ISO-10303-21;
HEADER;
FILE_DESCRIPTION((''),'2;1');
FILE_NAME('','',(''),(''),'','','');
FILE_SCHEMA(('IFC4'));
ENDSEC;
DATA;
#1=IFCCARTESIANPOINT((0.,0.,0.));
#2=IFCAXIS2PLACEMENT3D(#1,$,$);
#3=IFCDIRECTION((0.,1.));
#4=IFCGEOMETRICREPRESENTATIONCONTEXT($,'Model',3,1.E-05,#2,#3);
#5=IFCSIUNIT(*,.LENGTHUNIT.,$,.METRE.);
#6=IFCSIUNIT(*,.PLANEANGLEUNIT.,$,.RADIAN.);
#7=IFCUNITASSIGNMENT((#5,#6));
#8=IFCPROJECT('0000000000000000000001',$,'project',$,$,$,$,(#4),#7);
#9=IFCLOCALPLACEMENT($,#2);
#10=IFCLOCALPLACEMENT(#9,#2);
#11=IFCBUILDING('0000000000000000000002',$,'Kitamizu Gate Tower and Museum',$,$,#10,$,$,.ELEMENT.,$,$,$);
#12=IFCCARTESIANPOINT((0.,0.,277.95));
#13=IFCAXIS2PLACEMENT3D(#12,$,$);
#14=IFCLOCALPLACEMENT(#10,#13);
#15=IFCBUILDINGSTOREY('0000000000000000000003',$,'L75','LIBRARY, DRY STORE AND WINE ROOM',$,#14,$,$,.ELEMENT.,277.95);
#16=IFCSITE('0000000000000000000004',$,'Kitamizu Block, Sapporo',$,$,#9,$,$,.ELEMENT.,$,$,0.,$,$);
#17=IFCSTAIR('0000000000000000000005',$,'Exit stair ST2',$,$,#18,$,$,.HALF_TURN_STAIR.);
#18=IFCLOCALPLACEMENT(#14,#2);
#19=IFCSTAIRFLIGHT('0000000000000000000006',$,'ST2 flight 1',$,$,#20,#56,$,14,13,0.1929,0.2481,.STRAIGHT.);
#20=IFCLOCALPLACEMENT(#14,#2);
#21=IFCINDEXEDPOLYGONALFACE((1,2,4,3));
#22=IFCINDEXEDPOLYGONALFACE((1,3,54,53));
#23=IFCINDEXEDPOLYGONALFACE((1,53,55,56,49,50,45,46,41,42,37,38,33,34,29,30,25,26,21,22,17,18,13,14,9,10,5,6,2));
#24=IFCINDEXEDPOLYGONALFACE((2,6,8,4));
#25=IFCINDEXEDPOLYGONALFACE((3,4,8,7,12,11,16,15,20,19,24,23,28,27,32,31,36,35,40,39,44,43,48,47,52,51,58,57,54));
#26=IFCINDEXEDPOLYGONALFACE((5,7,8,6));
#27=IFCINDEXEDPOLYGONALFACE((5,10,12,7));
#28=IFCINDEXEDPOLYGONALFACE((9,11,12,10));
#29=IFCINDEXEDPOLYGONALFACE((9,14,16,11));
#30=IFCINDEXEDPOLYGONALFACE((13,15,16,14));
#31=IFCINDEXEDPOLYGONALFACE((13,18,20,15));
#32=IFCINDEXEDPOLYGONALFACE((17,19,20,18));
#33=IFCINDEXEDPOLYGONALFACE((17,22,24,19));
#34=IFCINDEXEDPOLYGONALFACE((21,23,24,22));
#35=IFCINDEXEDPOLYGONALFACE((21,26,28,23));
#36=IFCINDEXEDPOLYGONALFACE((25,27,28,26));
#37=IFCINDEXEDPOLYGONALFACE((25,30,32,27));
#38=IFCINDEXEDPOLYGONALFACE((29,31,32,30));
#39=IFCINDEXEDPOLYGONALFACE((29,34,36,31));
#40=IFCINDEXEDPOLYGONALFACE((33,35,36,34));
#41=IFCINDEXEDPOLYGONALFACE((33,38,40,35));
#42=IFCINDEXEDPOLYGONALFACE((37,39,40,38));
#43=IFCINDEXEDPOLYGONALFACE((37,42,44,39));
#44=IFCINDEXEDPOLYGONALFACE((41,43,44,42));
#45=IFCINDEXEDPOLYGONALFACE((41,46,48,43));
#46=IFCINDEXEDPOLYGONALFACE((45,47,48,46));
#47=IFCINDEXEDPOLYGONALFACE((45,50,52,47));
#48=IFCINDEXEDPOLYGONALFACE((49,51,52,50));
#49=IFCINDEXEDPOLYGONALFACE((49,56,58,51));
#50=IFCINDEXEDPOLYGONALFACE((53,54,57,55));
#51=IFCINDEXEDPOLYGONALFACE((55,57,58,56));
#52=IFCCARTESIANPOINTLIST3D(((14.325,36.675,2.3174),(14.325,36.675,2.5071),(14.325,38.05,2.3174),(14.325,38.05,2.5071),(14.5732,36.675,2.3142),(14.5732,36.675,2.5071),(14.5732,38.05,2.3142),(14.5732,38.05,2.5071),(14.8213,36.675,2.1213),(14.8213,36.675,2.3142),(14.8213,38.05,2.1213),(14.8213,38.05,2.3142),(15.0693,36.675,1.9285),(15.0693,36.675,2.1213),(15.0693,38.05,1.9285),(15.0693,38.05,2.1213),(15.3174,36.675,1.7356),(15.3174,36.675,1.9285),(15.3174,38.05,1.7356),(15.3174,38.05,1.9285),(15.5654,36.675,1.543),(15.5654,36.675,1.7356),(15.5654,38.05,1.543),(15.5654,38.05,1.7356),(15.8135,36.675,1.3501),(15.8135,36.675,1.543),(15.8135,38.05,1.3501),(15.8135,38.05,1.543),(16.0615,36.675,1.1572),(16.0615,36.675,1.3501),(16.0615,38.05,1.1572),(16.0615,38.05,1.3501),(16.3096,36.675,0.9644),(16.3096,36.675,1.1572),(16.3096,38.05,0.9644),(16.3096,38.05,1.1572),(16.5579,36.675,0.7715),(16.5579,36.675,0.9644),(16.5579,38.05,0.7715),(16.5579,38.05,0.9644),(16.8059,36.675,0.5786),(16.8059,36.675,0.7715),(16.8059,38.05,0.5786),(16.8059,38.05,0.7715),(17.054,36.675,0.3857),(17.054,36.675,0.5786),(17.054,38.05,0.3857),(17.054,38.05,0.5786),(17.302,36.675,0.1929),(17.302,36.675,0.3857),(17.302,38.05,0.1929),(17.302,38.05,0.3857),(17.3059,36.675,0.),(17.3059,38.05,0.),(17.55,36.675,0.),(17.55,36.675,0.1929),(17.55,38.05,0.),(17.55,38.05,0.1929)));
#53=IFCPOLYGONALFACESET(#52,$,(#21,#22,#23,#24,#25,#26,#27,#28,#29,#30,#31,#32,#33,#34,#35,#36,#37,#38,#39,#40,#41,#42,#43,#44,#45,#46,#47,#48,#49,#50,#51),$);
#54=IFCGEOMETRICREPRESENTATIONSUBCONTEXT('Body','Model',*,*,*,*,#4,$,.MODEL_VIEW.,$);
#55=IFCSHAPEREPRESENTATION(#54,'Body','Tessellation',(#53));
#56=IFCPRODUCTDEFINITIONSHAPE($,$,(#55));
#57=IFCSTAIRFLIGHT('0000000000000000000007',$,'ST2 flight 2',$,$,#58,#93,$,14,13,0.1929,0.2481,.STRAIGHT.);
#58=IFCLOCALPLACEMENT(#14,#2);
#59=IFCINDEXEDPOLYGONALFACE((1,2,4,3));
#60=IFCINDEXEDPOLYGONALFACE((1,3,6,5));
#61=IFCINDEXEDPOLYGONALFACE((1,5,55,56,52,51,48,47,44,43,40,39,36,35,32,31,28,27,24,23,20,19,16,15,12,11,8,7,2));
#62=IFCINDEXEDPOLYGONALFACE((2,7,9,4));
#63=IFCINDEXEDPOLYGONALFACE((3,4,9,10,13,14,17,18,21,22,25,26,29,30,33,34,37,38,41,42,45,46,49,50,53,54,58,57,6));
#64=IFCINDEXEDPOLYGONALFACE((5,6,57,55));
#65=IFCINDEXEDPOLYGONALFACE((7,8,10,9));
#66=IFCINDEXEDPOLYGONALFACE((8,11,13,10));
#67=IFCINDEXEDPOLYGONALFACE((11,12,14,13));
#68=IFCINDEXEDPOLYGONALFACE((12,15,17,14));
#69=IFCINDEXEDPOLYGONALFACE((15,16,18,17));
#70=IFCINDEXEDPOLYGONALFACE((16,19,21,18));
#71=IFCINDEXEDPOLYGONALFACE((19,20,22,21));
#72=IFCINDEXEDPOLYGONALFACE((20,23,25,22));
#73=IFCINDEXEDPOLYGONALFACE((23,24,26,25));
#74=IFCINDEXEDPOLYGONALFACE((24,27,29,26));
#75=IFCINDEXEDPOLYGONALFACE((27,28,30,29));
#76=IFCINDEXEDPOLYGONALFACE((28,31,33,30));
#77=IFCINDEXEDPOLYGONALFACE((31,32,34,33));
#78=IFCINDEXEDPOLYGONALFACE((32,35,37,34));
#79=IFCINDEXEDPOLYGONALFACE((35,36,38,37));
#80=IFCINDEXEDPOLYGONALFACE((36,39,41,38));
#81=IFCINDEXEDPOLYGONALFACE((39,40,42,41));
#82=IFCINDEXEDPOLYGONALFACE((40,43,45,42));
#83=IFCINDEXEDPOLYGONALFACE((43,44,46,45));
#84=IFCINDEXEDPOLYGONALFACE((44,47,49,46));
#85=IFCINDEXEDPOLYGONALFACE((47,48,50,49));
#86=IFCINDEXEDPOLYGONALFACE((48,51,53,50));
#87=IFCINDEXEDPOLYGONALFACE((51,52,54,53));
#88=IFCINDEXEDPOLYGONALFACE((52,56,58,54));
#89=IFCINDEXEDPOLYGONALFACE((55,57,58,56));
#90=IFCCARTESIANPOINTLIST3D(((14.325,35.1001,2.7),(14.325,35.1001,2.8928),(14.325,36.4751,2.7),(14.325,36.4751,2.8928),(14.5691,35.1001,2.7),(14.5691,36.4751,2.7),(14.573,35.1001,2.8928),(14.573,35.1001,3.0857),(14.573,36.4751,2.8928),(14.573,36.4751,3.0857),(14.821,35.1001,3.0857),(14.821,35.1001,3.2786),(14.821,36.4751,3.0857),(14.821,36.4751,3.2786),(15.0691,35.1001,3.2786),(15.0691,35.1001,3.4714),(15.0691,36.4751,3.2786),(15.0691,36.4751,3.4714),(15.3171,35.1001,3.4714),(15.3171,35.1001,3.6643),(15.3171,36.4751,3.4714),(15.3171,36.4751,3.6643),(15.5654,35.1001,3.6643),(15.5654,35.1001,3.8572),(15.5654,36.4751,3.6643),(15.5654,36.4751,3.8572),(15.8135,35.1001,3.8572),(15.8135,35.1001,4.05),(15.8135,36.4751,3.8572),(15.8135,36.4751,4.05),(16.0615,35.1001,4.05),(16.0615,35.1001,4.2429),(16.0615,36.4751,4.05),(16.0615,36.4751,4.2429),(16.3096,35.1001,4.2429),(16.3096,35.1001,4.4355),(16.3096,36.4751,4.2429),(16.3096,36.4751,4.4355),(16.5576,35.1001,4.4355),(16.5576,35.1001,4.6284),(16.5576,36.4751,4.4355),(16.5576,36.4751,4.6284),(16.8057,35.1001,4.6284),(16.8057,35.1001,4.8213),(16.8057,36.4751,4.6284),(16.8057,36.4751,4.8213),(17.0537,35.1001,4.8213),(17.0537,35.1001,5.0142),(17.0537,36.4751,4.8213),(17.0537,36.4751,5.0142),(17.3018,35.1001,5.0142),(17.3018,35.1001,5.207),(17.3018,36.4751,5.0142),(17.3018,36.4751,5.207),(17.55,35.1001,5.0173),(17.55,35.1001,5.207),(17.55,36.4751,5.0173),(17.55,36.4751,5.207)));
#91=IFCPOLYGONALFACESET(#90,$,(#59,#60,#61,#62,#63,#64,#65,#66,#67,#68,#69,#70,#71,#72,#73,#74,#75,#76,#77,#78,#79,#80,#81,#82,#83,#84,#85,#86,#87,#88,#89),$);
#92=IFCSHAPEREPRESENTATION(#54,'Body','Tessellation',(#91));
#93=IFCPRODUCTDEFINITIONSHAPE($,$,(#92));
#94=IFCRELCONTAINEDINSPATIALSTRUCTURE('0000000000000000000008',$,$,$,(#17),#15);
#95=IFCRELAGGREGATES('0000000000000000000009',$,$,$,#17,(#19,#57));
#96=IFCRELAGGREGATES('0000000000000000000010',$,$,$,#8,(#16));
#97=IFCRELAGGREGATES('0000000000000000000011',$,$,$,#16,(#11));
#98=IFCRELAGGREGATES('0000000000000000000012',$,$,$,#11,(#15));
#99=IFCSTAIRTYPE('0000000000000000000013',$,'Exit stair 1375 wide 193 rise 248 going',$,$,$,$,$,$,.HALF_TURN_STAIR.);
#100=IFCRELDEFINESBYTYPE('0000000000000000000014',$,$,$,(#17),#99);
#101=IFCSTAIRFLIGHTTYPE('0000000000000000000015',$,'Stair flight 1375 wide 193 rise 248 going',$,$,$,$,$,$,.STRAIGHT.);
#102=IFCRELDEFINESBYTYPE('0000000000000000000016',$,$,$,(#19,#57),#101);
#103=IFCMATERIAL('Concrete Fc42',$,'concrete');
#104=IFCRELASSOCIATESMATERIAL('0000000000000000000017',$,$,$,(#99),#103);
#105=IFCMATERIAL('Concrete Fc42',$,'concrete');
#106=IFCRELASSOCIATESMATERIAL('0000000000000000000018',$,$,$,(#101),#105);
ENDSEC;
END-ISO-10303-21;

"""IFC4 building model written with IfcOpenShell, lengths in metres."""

from ifc_helpers import new_model, si_unit, direction, frame, origin, place, context, subcontext, project, spatial, polyline, outline, extrude, material, type_object, element, aggregate, save


model = new_model("IFC4")

# Units and contexts
model_context = context("Model", 3, precision=1e-05, world=origin(), true_north=direction((0.0, 1.0)))
body_context = subcontext(model_context, "Body", "Model", "MODEL_VIEW")
ifc_project = project(units=[si_unit("LENGTHUNIT", "METRE"), si_unit("PLANEANGLEUNIT", "RADIAN")], contexts=[model_context])

# Site, building, storey
site_placement = place(None, origin())
site = spatial("IfcSite", under=ifc_project, at=site_placement, Name="Kitamizu Block, Sapporo", CompositionType="ELEMENT", RefElevation=0.0)
building_placement = place(site_placement, origin())
building = spatial("IfcBuilding", under=site, at=building_placement, Name="Kitamizu Gate Tower and Museum", CompositionType="ELEMENT")
storey_placement = place(building_placement, frame((0.0, 0.0, 277.95)))
storey = spatial("IfcBuildingStorey", under=building, at=storey_placement, Name="L75", Description="LIBRARY, DRY STORE AND WINE ROOM", CompositionType="ELEMENT", Elevation=277.95)

# Stair, stair flights
ifc_material_1 = material(Name="Concrete Fc42", Category="concrete")
stair_type = type_object("IfcStairType", Name="Exit stair 1375 wide 193 rise 248 going", PredefinedType="HALF_TURN_STAIR", material=ifc_material_1)
stair_placement = place(storey_placement, origin())
stair = element("IfcStair", 1, at=stair_placement, inside=storey, type_object=stair_type, Name="Exit stair ST2", PredefinedType="HALF_TURN_STAIR")
ifc_material_2 = material(Name="Concrete Fc42", Category="concrete")
stair_flight_type = type_object("IfcStairFlightType", Name="Stair flight 1375 wide 193 rise 248 going", PredefinedType="STRAIGHT", material=ifc_material_2)
stair_flight_1_placement = place(storey_placement, frame((17.55, 37.3625, 0.0), z_axis=(0.0, 0.0, 1.0), x_axis=(-1.0, 0.0, 0.0)))
stair_flight_1 = element("IfcStairFlight", 2, at=stair_flight_1_placement, type_object=stair_flight_type, Name="ST2 flight 1", NumberOfRisers=14, NumberOfTreads=13, PredefinedType="STRAIGHT", RiserHeight=0.1929, TreadLength=0.2481, context=body_context, shape_type="SweptSolid", body=[
    extrude(outline(polyline([(0.0, 0.0), (0.0, 0.1929), (0.248, 0.1929), (0.248, 0.3857), (0.4961, 0.3857), (0.4961, 0.5786), (0.7441, 0.5786), (0.7441, 0.7715), (0.9922, 0.7715), (0.9922, 0.9644), (1.2405, 0.9644), (1.2405, 1.1572), (1.4885, 1.1572), (1.4885, 1.3501), (1.7366, 1.3501), (1.7366, 1.543), (1.9846, 1.543), (1.9846, 1.7356), (2.2327, 1.7356), (2.2327, 1.9285), (2.4807, 1.9285), (2.4807, 2.1213), (2.7288, 2.1213), (2.7288, 2.3142), (2.9768, 2.3142), (2.9768, 2.5071), (3.2251, 2.5071), (3.2251, 2.7), (3.2251, 2.3174), (0.2441, 0.0), (0.0, 0.0)])), frame((0.0, 0.6875, 0.0), z_axis=(0.0, -1.0, 0.0), x_axis=(1.0, 0.0, 0.0)), (0.0, 0.0, 1.0), 1.375),
])
stair_flight_2_placement = place(storey_placement, frame((14.325, 35.7876, 2.7), z_axis=(0.0, 0.0, 1.0), x_axis=(1.0, 0.0, 0.0)))
stair_flight_2 = element("IfcStairFlight", 3, at=stair_flight_2_placement, type_object=stair_flight_type, Name="ST2 flight 2", NumberOfRisers=14, NumberOfTreads=13, PredefinedType="STRAIGHT", RiserHeight=0.1929, TreadLength=0.2481, context=body_context, shape_type="SweptSolid", body=[
    extrude(outline(polyline([(0.0, 0.0), (0.0, 0.1929), (0.248, 0.1929), (0.248, 0.3857), (0.4961, 0.3857), (0.4961, 0.5786), (0.7441, 0.5786), (0.7441, 0.7715), (0.9922, 0.7715), (0.9922, 0.9644), (1.2405, 0.9644), (1.2405, 1.1572), (1.4885, 1.1572), (1.4885, 1.3501), (1.7366, 1.3501), (1.7366, 1.543), (1.9846, 1.543), (1.9846, 1.7356), (2.2327, 1.7356), (2.2327, 1.9285), (2.4807, 1.9285), (2.4807, 2.1213), (2.7288, 2.1213), (2.7288, 2.3142), (2.9768, 2.3142), (2.9768, 2.5071), (3.2251, 2.5071), (3.2251, 2.7), (3.2251, 2.3174), (0.2441, 0.0), (0.0, 0.0)])), frame((0.0, 0.6875, 0.0), z_axis=(0.0, -1.0, 0.0), x_axis=(1.0, 0.0, 0.0)), (0.0, 0.0, 1.0), 1.375),
])
aggregate(stair, [stair_flight_1, stair_flight_2])

save(model, "model.ifc")
